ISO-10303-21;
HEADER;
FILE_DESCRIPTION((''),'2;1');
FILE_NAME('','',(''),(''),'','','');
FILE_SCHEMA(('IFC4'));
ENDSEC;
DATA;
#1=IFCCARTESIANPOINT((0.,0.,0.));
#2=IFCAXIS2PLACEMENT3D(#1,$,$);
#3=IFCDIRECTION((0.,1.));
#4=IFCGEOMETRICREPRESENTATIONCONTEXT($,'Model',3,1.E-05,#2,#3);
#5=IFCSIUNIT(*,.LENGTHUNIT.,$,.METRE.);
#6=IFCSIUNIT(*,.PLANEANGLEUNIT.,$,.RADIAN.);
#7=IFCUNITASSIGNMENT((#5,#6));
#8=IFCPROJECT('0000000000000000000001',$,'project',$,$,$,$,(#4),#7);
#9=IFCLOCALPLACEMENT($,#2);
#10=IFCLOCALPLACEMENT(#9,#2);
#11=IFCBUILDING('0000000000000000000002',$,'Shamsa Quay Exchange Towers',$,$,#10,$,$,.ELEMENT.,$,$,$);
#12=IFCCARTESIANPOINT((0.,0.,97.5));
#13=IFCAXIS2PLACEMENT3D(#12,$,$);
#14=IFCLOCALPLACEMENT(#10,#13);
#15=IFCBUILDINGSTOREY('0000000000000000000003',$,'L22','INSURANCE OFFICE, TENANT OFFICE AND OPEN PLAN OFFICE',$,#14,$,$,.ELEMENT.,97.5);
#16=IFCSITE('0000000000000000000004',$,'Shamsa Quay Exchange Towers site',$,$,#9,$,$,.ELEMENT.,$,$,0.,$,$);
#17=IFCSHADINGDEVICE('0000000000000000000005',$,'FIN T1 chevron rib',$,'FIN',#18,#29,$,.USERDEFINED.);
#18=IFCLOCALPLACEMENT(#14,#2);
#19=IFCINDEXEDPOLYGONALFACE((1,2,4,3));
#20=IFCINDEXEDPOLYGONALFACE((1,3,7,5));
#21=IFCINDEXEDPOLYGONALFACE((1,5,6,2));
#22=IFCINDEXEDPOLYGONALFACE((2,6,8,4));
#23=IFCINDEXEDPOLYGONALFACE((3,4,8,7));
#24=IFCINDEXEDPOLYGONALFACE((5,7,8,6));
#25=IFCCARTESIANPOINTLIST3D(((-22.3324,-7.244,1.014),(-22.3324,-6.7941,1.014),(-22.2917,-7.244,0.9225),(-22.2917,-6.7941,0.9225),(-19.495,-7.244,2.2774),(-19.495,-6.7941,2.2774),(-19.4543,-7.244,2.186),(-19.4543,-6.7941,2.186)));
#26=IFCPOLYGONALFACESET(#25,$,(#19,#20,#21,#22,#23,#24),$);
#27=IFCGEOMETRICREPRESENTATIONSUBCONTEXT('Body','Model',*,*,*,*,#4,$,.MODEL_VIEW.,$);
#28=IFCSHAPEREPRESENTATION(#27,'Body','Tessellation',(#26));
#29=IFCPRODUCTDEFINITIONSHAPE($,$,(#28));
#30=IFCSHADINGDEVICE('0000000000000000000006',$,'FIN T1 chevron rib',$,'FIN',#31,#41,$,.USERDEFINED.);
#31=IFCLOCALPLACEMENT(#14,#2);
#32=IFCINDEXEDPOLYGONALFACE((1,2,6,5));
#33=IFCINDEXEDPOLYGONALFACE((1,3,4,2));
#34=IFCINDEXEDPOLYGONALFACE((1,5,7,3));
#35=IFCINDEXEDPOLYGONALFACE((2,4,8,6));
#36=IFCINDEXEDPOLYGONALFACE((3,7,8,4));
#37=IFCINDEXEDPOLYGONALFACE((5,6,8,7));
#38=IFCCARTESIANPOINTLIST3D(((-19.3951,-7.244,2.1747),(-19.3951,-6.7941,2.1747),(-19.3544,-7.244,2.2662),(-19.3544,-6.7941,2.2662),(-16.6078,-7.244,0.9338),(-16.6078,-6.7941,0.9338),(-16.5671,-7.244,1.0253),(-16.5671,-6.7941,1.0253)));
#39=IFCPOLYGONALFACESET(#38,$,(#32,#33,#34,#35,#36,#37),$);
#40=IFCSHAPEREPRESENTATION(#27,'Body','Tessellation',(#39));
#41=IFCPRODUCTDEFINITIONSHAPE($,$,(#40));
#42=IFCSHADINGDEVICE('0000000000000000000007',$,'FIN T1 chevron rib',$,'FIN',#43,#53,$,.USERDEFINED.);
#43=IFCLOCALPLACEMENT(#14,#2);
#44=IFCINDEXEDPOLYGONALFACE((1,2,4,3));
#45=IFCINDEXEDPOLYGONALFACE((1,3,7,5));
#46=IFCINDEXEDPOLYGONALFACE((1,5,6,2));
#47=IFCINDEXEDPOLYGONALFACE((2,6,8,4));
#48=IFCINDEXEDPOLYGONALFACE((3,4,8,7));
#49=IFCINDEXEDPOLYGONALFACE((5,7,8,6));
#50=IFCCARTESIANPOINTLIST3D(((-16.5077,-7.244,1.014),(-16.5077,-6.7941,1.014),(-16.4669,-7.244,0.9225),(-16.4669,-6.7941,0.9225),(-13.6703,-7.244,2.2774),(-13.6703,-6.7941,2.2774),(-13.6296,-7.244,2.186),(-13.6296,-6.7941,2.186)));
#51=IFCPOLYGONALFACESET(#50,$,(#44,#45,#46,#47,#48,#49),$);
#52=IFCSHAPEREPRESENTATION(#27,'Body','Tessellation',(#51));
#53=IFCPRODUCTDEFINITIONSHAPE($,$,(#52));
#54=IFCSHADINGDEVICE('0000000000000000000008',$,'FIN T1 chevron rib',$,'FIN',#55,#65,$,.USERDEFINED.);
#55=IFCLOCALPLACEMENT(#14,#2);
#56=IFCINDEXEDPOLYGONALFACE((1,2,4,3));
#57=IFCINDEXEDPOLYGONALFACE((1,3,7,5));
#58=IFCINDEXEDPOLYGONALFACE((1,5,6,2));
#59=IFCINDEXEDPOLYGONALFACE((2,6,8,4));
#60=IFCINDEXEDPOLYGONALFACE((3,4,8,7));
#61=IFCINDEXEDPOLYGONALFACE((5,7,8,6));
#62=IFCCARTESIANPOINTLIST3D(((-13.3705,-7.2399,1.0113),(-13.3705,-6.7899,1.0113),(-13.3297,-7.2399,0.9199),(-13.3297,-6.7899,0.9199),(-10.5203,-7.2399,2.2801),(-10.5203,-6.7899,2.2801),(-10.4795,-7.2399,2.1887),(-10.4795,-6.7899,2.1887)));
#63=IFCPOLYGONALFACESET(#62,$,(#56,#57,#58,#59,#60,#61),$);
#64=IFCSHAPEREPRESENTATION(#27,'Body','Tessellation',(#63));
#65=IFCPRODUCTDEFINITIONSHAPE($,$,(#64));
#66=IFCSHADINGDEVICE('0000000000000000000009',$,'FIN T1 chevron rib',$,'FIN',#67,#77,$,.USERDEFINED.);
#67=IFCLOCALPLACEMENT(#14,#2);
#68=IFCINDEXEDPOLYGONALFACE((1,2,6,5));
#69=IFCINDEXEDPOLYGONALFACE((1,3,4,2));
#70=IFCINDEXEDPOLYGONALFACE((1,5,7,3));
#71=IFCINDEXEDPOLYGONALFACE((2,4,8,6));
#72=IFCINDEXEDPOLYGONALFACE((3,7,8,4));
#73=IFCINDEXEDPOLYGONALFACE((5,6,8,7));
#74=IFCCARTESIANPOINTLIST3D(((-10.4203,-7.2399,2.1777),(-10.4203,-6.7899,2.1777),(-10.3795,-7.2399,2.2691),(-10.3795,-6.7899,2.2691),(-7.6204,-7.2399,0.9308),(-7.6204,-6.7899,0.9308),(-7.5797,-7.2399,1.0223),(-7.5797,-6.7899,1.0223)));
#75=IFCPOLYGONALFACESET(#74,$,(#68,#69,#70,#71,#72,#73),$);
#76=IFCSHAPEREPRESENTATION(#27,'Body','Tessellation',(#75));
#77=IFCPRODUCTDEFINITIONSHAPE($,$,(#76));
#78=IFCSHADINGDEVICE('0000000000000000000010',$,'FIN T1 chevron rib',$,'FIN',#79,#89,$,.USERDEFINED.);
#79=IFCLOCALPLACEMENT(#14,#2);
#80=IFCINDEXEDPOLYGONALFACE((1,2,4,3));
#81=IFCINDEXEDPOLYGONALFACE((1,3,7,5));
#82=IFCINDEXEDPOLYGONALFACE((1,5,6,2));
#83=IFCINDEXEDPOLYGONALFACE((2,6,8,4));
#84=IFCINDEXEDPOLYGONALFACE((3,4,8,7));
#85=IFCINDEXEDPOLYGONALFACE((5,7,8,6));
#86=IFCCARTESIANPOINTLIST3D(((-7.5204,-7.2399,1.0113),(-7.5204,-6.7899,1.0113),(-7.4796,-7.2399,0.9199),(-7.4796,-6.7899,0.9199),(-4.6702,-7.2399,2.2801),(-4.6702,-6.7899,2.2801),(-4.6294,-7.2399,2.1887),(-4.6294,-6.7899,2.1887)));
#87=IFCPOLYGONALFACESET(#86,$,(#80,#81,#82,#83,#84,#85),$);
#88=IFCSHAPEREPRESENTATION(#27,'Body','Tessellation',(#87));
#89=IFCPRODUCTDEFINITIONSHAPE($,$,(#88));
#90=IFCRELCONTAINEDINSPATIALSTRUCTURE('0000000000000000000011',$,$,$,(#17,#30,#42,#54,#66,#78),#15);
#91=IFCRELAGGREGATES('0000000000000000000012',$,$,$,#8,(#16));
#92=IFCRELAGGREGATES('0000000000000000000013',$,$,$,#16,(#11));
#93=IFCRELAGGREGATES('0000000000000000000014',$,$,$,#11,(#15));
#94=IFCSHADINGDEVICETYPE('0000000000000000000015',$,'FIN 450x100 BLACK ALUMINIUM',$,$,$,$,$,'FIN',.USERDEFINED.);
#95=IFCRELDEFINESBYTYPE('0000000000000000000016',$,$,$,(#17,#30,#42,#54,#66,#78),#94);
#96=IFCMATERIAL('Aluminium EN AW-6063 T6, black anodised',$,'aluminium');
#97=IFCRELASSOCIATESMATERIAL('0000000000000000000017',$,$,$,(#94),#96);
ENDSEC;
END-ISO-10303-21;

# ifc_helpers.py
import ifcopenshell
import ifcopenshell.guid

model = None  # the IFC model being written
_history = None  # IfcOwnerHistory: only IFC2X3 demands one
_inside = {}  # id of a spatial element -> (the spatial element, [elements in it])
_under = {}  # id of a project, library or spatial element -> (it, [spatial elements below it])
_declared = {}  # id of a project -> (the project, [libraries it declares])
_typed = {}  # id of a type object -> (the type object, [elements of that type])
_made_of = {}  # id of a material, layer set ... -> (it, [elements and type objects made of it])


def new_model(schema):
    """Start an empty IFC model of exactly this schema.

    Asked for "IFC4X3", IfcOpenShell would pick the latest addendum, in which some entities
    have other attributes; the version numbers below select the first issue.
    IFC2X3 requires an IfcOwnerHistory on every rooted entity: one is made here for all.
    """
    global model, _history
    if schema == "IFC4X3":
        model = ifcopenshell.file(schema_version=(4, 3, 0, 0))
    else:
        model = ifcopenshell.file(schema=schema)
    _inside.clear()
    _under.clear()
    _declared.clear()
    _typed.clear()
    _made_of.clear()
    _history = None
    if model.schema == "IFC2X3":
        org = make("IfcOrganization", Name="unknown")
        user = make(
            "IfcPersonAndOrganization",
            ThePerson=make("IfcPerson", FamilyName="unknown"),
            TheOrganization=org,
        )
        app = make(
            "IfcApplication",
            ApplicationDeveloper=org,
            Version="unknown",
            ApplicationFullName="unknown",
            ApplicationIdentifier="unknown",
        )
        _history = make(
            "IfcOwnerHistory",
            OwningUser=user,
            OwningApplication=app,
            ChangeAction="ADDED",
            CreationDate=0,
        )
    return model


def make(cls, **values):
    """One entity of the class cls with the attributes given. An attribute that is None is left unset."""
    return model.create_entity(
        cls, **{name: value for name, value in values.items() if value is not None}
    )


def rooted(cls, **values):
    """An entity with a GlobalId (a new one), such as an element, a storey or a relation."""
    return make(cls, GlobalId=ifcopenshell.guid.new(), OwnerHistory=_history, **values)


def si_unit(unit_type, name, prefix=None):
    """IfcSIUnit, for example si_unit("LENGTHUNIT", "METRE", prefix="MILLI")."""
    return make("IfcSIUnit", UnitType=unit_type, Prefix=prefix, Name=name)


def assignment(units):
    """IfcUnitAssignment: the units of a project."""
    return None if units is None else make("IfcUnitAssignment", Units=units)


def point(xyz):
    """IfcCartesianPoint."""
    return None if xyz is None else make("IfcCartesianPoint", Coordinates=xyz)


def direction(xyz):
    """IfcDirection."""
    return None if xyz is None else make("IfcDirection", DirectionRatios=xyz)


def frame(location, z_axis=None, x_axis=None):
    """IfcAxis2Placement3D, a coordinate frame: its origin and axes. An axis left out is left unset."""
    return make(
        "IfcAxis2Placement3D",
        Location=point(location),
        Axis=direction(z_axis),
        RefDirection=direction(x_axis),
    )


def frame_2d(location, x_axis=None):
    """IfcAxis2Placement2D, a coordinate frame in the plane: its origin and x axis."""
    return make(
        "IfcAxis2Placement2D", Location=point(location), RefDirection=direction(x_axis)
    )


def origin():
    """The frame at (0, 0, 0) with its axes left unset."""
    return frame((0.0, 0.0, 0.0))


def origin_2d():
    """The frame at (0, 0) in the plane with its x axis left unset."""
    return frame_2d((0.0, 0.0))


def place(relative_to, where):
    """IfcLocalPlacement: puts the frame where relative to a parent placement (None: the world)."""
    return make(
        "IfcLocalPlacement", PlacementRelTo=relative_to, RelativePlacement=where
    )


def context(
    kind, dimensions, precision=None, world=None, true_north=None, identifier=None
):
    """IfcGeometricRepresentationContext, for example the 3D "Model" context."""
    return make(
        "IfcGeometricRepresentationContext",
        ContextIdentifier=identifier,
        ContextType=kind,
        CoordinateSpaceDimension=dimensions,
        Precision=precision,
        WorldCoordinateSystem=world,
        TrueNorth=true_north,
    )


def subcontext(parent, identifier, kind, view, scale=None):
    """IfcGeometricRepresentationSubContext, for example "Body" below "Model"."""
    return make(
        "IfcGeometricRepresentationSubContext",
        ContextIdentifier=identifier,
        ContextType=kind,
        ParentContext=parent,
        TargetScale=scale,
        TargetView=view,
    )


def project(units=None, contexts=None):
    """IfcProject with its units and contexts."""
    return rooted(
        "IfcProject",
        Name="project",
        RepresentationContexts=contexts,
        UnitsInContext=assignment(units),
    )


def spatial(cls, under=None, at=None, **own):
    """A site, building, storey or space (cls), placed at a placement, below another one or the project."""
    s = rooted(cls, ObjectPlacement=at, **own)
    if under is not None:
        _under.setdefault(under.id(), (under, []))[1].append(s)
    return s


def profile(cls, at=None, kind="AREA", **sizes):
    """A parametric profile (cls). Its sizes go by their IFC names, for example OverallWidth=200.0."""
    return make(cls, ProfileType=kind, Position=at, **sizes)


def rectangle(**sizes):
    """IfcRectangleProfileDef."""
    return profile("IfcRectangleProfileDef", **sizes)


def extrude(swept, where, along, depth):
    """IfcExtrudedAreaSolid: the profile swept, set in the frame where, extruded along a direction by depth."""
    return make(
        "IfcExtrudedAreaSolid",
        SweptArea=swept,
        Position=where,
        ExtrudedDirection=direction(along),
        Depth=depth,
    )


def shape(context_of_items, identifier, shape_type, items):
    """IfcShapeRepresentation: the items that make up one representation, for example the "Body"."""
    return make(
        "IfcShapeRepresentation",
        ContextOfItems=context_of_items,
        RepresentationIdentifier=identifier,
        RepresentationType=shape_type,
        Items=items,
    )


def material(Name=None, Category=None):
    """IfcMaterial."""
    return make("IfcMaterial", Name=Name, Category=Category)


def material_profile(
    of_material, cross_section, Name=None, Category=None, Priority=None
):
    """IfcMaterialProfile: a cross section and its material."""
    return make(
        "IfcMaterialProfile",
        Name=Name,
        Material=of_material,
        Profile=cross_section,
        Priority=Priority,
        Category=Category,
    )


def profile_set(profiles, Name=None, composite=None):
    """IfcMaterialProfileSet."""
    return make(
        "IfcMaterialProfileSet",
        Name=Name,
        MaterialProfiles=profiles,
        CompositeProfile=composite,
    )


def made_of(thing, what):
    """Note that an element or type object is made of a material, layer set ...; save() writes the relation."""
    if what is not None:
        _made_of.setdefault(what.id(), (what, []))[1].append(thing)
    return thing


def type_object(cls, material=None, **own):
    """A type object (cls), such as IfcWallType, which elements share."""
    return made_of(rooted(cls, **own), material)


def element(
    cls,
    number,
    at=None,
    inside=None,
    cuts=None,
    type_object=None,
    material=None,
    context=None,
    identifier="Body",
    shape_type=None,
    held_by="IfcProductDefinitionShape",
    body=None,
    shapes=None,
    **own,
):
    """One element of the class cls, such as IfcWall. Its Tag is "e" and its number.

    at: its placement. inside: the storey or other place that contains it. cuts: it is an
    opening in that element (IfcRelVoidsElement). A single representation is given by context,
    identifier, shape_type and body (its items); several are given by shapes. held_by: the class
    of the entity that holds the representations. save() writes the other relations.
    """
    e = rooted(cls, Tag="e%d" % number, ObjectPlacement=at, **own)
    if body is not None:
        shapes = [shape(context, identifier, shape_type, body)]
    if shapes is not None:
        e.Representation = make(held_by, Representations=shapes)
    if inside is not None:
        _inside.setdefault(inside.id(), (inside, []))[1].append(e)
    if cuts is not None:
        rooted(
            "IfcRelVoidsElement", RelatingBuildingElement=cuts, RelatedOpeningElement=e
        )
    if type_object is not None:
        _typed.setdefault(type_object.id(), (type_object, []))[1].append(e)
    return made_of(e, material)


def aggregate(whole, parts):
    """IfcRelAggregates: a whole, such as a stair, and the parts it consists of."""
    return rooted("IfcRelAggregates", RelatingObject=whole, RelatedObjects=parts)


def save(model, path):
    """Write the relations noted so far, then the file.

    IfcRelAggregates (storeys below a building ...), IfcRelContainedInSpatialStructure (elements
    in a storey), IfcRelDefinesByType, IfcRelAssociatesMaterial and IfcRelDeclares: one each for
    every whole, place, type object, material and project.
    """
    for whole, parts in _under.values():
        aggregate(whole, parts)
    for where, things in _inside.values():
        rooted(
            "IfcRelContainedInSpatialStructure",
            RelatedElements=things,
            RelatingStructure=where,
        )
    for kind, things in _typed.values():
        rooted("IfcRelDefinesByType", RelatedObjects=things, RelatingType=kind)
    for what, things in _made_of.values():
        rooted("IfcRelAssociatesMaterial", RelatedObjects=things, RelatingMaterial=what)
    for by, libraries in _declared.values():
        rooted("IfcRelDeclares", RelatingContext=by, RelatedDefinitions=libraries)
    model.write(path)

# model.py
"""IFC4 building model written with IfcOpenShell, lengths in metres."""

from ifc_helpers import new_model, si_unit, direction, frame, origin, origin_2d, place, context, subcontext, project, spatial, rectangle, extrude, material, material_profile, profile_set, type_object, element, save


model = new_model("IFC4")

# Units and contexts
model_context = context("Model", 3, precision=1e-05, world=origin(), true_north=direction((0.0, 1.0)))
body_context = subcontext(model_context, "Body", "Model", "MODEL_VIEW")
ifc_project = project(units=[si_unit("LENGTHUNIT", "METRE"), si_unit("PLANEANGLEUNIT", "RADIAN")], contexts=[model_context])

# Site, building, storey
site_placement = place(None, origin())
site = spatial("IfcSite", under=ifc_project, at=site_placement, Name="Shamsa Quay Exchange Towers site", CompositionType="ELEMENT", RefElevation=0.0)
building_placement = place(site_placement, origin())
building = spatial("IfcBuilding", under=site, at=building_placement, Name="Shamsa Quay Exchange Towers", CompositionType="ELEMENT")
storey_placement = place(building_placement, frame((0.0, 0.0, 97.5)))
storey = spatial("IfcBuildingStorey", under=building, at=storey_placement, Name="L22", Description="INSURANCE OFFICE, TENANT OFFICE AND OPEN PLAN OFFICE", CompositionType="ELEMENT", Elevation=97.5)

# Shared definitions
ifc_material_1 = material(Name="Aluminium EN AW-6063 T6, black anodised", Category="aluminium")

# Shading devices
ifc_material_profile_1 = material_profile(ifc_material_1, rectangle(XDim=0.45, YDim=0.1001, at=origin_2d()), Name="FIN450x100")
ifc_profile_set_1 = profile_set([ifc_material_profile_1], Name="Aluminium EN AW-6063 T6, black anodised")
shading_device_type = type_object("IfcShadingDeviceType", Name="FIN 450x100 BLACK ALUMINIUM", ElementType="FIN", PredefinedType="USERDEFINED", material=ifc_profile_set_1)
shading_device_1_placement = place(storey_placement, frame((-22.312, -7.019, 0.9683), z_axis=(0.913529, 0.0, 0.406773), x_axis=(0.0, 1.0, 0.0)))
element("IfcShadingDevice", 1, at=shading_device_1_placement, inside=storey, type_object=shading_device_type, Name="FIN T1 chevron rib", ObjectType="FIN", PredefinedType="USERDEFINED", context=body_context, shape_type="SweptSolid", body=[
    extrude(rectangle(XDim=0.45, YDim=0.1001, at=origin_2d()), origin(), (0.0, 0.0, 1.0), 3.106),
])
shading_device_2_placement = place(storey_placement, frame((-19.3748, -7.019, 2.2205), z_axis=(0.913551, 0.0, -0.406725), x_axis=(0.0, 1.0, 0.0)))
element("IfcShadingDevice", 2, at=shading_device_2_placement, inside=storey, type_object=shading_device_type, Name="FIN T1 chevron rib", ObjectType="FIN", PredefinedType="USERDEFINED", context=body_context, shape_type="SweptSolid", body=[
    extrude(rectangle(XDim=0.45, YDim=0.1001, at=origin_2d()), origin(), (0.0, 0.0, 1.0), 3.051),
])
shading_device_3_placement = place(storey_placement, frame((-16.4873, -7.019, 0.9683), z_axis=(0.913529, 0.0, 0.406773), x_axis=(0.0, 1.0, 0.0)))
element("IfcShadingDevice", 3, at=shading_device_3_placement, inside=storey, type_object=shading_device_type, Name="FIN T1 chevron rib", ObjectType="FIN", PredefinedType="USERDEFINED", context=body_context, shape_type="SweptSolid", body=[
    extrude(rectangle(XDim=0.45, YDim=0.1001, at=origin_2d()), origin(), (0.0, 0.0, 1.0), 3.106),
])
shading_device_4_placement = place(storey_placement, frame((-13.3501, -7.0149, 0.9656), z_axis=(0.913563, 0.0, 0.406697), x_axis=(0.0, 1.0, 0.0)))
element("IfcShadingDevice", 4, at=shading_device_4_placement, inside=storey, type_object=shading_device_type, Name="FIN T1 chevron rib", ObjectType="FIN", PredefinedType="USERDEFINED", context=body_context, shape_type="SweptSolid", body=[
    extrude(rectangle(XDim=0.45, YDim=0.1001, at=origin_2d()), origin(), (0.0, 0.0, 1.0), 3.1199),
])
shading_device_5_placement = place(storey_placement, frame((-10.3999, -7.0149, 2.2234), z_axis=(0.913512, 0.0, -0.406811), x_axis=(0.0, 1.0, 0.0)))
element("IfcShadingDevice", 5, at=shading_device_5_placement, inside=storey, type_object=shading_device_type, Name="FIN T1 chevron rib", ObjectType="FIN", PredefinedType="USERDEFINED", context=body_context, shape_type="SweptSolid", body=[
    extrude(rectangle(XDim=0.45, YDim=0.1001, at=origin_2d()), origin(), (0.0, 0.0, 1.0), 3.0649),
])
shading_device_6_placement = place(storey_placement, frame((-7.5, -7.0149, 0.9656), z_axis=(0.913563, 0.0, 0.406697), x_axis=(0.0, 1.0, 0.0)))
element("IfcShadingDevice", 6, at=shading_device_6_placement, inside=storey, type_object=shading_device_type, Name="FIN T1 chevron rib", ObjectType="FIN", PredefinedType="USERDEFINED", context=body_context, shape_type="SweptSolid", body=[
    extrude(rectangle(XDim=0.45, YDim=0.1001, at=origin_2d()), origin(), (0.0, 0.0, 1.0), 3.1199),
])

save(model, "model.ifc")
